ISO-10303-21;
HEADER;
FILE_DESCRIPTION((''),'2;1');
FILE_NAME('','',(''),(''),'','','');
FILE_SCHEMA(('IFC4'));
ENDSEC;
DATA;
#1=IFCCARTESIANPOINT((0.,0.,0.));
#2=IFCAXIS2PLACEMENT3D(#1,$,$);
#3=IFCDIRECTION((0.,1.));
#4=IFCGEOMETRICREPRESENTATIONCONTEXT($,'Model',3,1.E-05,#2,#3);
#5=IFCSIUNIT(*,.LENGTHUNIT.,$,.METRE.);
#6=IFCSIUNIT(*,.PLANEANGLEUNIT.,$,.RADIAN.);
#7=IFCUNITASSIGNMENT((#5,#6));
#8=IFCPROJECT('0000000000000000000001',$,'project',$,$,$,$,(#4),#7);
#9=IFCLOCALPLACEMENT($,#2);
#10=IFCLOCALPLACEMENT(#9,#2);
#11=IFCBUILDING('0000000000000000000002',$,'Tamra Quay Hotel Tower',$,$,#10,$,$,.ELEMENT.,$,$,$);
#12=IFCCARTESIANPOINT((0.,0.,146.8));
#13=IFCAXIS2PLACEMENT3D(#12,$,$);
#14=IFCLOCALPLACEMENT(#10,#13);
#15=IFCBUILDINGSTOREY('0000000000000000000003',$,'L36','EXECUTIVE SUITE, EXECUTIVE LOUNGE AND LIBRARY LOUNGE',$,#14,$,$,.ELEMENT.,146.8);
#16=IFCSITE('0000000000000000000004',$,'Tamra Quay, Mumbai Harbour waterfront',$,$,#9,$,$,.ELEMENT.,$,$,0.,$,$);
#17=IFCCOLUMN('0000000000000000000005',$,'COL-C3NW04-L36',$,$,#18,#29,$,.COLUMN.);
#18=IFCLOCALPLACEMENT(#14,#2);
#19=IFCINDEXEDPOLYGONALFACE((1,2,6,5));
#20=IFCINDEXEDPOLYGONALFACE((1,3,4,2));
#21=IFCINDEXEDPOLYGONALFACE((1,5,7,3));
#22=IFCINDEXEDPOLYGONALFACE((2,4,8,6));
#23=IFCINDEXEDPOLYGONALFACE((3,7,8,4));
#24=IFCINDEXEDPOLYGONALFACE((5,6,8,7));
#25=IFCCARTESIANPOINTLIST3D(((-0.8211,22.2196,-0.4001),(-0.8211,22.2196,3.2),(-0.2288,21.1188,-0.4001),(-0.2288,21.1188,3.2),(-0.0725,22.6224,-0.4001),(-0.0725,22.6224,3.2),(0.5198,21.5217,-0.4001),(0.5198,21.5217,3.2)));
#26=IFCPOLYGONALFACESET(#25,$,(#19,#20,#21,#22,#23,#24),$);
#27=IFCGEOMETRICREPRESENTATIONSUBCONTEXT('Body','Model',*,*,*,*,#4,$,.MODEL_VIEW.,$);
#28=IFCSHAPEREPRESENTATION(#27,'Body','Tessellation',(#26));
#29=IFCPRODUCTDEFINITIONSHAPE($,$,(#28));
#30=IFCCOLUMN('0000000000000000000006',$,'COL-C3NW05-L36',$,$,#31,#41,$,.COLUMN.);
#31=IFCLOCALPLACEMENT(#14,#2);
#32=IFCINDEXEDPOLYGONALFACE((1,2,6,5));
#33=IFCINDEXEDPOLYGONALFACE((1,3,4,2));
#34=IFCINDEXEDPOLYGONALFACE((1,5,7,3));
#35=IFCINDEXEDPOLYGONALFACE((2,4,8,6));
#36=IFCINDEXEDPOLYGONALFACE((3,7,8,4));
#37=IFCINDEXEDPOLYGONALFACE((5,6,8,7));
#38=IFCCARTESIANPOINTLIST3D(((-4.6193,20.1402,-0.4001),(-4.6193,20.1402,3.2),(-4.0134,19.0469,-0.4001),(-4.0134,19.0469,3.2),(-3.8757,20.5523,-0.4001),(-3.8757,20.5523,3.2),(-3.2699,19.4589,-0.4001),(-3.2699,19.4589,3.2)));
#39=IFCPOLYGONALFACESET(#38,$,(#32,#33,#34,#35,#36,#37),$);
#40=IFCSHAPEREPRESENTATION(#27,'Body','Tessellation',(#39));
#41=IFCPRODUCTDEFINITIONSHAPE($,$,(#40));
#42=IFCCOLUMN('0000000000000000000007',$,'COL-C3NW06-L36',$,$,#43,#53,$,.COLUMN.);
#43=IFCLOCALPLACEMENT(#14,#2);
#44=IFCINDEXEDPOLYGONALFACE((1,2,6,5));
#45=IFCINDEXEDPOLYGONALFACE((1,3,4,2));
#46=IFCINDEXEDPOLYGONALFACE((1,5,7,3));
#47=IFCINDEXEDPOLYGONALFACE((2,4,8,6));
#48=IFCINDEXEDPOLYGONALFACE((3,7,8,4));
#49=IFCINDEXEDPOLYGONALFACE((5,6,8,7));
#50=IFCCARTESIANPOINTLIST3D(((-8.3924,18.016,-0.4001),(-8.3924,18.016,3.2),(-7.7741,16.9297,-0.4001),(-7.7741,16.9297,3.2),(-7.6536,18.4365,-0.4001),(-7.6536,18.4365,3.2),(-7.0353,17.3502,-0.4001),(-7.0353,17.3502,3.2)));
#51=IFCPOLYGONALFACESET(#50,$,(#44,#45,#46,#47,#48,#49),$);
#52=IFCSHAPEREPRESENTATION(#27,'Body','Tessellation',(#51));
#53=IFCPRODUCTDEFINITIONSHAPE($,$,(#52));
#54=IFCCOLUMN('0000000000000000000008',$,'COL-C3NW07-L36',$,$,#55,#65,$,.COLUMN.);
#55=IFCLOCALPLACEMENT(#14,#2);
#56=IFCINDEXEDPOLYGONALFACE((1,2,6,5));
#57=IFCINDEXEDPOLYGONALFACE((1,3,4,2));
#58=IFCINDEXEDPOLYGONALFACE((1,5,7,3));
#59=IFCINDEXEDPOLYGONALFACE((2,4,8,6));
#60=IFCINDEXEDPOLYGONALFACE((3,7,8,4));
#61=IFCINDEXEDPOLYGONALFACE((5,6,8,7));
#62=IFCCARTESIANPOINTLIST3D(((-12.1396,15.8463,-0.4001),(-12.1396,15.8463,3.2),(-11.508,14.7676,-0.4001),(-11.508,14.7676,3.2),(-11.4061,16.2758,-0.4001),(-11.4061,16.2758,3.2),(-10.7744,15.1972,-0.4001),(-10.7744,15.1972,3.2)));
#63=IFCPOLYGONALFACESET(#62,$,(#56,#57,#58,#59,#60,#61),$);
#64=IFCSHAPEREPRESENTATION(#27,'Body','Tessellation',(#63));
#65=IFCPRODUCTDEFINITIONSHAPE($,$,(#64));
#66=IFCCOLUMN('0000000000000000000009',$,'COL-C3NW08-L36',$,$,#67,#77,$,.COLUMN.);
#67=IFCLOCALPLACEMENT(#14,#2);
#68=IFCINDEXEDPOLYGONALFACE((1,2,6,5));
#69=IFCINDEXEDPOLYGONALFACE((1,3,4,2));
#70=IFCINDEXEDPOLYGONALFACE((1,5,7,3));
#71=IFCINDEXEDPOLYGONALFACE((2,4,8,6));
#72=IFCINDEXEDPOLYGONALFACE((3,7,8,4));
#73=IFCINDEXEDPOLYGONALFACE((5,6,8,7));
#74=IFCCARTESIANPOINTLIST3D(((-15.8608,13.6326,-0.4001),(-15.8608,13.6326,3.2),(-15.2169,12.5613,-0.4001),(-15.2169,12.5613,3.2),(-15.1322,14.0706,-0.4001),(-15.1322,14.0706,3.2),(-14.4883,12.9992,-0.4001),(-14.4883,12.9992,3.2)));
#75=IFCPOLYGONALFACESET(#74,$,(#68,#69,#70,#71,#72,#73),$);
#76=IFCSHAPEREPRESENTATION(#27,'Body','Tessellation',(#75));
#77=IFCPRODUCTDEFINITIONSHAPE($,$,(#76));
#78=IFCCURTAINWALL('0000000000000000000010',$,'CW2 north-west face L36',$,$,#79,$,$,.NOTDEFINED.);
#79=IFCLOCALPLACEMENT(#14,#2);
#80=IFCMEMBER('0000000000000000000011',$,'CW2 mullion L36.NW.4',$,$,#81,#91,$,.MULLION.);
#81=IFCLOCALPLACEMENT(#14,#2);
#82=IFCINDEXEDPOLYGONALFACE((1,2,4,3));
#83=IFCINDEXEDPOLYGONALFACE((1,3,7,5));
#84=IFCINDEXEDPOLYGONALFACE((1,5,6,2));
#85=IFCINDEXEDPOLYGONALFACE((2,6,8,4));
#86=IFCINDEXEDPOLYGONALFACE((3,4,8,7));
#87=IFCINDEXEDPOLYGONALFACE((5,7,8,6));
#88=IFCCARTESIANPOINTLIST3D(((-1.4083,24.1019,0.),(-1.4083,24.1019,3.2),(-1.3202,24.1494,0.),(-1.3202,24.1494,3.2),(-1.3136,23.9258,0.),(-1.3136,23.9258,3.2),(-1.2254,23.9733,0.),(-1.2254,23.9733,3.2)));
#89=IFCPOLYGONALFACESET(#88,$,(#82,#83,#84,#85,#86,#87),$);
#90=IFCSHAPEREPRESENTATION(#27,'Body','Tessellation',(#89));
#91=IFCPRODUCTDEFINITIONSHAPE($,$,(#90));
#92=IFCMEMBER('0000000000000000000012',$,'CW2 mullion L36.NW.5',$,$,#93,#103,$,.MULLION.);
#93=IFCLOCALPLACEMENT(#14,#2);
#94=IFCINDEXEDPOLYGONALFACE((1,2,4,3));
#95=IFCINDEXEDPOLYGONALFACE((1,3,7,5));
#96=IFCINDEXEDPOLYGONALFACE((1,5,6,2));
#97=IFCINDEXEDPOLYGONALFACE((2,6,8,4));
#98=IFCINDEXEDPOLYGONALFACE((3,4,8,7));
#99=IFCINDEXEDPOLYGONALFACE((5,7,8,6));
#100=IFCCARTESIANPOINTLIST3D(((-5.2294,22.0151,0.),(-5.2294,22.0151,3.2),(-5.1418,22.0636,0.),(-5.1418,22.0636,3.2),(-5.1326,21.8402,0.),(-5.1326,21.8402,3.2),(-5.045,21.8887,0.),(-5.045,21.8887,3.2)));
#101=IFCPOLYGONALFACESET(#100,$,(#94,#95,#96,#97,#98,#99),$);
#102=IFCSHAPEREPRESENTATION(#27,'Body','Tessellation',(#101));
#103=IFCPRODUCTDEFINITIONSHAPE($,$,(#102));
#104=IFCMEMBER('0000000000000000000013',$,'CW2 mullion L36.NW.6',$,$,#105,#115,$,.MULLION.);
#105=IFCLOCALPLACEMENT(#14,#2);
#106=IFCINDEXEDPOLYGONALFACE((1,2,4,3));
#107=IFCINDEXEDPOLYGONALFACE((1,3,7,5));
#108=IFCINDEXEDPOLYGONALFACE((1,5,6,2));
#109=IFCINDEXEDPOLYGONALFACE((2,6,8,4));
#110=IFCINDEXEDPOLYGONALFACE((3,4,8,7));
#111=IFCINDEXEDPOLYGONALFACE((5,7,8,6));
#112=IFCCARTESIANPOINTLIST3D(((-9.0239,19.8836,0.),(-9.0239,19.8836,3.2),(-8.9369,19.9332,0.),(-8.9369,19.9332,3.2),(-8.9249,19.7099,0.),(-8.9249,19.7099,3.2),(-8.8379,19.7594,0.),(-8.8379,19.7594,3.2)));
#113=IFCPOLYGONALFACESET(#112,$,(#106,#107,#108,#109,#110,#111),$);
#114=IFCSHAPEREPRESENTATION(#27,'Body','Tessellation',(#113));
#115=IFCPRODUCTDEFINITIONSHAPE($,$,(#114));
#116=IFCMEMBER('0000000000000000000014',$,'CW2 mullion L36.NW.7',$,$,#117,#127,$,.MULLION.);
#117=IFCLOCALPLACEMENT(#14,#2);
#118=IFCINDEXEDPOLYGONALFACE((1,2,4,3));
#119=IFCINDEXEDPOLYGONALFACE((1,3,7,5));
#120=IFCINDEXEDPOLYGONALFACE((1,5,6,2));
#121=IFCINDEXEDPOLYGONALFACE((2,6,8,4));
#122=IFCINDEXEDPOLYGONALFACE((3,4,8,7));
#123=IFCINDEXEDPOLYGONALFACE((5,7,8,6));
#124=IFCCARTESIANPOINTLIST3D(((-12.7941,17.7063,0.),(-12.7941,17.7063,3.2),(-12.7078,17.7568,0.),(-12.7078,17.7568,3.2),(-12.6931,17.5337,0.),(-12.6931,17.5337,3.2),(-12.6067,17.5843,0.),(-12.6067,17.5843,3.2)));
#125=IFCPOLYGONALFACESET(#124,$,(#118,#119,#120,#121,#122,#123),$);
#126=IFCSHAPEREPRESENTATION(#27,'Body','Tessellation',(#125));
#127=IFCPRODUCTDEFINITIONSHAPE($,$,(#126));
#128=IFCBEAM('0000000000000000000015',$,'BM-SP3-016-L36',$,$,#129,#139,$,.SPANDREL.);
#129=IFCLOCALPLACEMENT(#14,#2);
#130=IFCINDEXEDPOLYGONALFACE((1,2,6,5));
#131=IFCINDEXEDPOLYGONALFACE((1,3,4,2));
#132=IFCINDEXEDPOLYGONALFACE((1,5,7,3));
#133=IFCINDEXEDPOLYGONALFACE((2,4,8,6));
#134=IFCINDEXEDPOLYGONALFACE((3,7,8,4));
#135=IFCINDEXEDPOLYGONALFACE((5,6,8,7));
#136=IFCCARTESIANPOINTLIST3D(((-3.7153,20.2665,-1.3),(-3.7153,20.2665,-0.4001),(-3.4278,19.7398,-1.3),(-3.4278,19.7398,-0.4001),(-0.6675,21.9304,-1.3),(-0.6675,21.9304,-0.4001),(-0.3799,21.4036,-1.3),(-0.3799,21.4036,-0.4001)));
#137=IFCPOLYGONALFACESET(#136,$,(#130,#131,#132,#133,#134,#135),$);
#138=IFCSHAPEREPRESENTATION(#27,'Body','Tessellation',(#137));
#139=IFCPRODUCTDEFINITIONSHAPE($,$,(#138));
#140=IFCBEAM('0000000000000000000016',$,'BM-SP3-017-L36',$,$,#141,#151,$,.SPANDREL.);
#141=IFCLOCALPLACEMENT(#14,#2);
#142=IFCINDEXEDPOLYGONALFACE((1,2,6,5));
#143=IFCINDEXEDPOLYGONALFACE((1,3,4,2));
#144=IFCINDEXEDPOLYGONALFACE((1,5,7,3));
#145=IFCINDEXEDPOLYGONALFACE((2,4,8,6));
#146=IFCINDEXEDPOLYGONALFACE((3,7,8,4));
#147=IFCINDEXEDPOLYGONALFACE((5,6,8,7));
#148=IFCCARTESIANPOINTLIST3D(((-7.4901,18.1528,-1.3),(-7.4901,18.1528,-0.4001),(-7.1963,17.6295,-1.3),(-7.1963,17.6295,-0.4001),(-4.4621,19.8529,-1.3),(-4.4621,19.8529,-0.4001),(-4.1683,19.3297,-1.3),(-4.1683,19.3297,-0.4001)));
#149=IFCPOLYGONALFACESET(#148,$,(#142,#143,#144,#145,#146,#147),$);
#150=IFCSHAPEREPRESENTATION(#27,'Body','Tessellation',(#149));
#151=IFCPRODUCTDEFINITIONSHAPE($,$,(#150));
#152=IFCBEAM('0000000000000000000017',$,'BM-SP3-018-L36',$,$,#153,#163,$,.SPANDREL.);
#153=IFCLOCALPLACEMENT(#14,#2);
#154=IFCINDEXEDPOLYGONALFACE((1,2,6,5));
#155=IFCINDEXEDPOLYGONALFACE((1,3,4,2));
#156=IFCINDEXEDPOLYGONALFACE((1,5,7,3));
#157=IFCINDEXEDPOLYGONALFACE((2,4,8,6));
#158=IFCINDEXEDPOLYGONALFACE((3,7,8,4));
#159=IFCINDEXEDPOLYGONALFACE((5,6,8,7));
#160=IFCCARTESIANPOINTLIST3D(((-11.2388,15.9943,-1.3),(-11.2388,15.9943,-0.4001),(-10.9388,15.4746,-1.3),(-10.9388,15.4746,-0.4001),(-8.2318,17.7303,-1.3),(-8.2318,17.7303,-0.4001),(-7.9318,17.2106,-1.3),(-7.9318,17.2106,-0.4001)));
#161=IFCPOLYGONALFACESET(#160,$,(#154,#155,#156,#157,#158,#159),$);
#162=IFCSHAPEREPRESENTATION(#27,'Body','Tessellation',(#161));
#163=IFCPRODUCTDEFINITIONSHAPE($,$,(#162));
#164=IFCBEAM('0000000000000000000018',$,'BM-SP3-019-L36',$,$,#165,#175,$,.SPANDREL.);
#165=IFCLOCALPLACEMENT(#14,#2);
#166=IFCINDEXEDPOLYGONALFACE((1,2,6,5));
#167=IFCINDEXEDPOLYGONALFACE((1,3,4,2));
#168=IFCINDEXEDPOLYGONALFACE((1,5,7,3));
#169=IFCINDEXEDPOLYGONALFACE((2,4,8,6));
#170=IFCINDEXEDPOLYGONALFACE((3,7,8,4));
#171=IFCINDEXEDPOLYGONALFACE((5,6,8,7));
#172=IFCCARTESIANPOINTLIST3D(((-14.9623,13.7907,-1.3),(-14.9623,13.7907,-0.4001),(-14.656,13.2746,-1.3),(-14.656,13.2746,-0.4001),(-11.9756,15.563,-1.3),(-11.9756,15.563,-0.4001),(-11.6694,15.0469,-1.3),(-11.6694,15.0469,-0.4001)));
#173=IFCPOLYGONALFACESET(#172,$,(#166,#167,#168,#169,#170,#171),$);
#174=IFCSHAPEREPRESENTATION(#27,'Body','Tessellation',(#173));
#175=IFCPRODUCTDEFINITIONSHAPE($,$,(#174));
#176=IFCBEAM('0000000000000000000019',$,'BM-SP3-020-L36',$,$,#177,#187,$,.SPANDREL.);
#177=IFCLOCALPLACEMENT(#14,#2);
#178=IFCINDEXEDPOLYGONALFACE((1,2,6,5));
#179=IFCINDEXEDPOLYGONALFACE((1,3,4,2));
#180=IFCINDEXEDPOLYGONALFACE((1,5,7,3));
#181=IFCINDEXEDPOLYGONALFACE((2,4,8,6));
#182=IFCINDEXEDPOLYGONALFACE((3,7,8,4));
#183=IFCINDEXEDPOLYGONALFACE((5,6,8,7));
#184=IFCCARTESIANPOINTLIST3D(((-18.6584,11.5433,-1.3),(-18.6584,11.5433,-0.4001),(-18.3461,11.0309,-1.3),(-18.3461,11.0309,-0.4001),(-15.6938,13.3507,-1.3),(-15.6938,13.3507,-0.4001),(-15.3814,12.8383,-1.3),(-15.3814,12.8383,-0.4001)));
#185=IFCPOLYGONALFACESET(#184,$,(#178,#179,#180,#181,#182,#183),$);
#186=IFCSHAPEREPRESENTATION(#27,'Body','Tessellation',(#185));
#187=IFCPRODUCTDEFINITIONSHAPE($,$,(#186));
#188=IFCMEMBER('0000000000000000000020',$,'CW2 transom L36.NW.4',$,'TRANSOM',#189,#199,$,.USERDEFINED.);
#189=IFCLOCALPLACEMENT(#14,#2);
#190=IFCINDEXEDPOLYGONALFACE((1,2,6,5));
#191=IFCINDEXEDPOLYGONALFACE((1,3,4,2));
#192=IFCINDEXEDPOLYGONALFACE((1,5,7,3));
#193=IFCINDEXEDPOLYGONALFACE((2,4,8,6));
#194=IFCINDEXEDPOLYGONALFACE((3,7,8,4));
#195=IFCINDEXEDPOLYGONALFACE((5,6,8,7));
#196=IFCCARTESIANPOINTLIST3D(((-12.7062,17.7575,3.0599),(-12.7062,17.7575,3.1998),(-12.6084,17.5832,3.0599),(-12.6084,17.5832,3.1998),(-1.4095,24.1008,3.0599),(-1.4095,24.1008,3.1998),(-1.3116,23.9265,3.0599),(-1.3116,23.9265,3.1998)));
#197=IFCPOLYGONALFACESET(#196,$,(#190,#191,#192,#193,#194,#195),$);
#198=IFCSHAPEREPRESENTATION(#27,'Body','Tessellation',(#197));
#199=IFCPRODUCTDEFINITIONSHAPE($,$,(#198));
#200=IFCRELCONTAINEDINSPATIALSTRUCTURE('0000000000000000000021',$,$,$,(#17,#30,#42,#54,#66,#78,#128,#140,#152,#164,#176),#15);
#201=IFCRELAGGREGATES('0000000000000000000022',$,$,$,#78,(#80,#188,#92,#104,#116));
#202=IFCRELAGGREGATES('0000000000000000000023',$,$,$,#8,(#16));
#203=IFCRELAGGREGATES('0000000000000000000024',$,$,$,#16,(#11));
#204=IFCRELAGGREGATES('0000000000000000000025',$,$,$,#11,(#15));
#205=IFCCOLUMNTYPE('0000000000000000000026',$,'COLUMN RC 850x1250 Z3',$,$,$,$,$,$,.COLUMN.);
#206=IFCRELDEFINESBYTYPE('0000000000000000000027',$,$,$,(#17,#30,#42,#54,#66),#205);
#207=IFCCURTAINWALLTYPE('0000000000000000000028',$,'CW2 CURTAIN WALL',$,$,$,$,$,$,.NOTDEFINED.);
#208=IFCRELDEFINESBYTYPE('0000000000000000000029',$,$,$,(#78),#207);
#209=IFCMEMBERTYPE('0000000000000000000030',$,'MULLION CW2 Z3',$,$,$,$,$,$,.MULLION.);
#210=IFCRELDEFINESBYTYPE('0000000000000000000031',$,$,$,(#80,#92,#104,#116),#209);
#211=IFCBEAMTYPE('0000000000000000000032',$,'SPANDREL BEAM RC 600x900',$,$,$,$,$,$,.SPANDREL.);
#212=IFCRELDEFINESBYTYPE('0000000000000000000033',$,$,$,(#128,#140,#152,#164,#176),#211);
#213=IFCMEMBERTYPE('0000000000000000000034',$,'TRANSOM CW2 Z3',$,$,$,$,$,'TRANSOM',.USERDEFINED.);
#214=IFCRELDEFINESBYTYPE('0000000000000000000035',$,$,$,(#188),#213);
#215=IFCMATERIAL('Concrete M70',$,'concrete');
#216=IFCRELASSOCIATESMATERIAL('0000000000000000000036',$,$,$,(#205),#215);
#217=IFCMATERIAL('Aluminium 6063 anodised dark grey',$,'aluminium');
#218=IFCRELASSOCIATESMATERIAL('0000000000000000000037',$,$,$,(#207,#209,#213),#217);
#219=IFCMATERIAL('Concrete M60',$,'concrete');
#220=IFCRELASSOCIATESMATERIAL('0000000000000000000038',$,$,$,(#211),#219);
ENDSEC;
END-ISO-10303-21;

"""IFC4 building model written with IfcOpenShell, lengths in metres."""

from ifc_helpers import new_model, si_unit, direction, frame, origin, origin_2d, place, context, subcontext, project, spatial, rectangle, extrude, material, material_profile, profile_set, type_object, element, aggregate, save


model = new_model("IFC4")

# Units and contexts
model_context = context("Model", 3, precision=1e-05, world=origin(), true_north=direction((0.0, 1.0)))
body_context = subcontext(model_context, "Body", "Model", "MODEL_VIEW")
ifc_project = project(units=[si_unit("LENGTHUNIT", "METRE"), si_unit("PLANEANGLEUNIT", "RADIAN")], contexts=[model_context])

# Site, building, storey
site_placement = place(None, origin())
site = spatial("IfcSite", under=ifc_project, at=site_placement, Name="Tamra Quay, Mumbai Harbour waterfront", CompositionType="ELEMENT", RefElevation=0.0)
building_placement = place(site_placement, origin())
building = spatial("IfcBuilding", under=site, at=building_placement, Name="Tamra Quay Hotel Tower", CompositionType="ELEMENT")
storey_placement = place(building_placement, frame((0.0, 0.0, 146.8)))
storey = spatial("IfcBuildingStorey", under=building, at=storey_placement, Name="L36", Description="EXECUTIVE SUITE, EXECUTIVE LOUNGE AND LIBRARY LOUNGE", CompositionType="ELEMENT", Elevation=146.8)

# Columns
ifc_material_1 = material(Name="Concrete M70", Category="concrete")
ifc_material_profile_1 = material_profile(ifc_material_1, rectangle(XDim=1.25, YDim=0.8501, at=origin_2d()), Name="COLUMN RC 850x1250 Z3")
ifc_profile_set_1 = profile_set([ifc_material_profile_1], Name="Concrete M70")
column_type = type_object("IfcColumnType", Name="COLUMN RC 850x1250 Z3", PredefinedType="COLUMN", material=ifc_profile_set_1)
for number, where, z_axis, x_axis, name in (
    (1, (-0.1506, 21.8706, -0.4001), (0.0, 0.0, 1.0), (-0.473876, 0.880592, 0.0), "COL-C3NW04-L36"),
    (2, (-3.9446, 19.7996, -0.4001), (0.0, 0.0, 1.0), (-0.484683, 0.87469, 0.0), "COL-C3NW05-L36"),
    (3, (-7.7139, 17.6831, -0.4001), (0.0, 0.0, 1.0), (-0.494656, 0.869089, 0.0), "COL-C3NW06-L36"),
    (4, (-11.457, 15.5217, -0.4001), (0.0, 0.0, 1.0), (-0.505325, 0.862929, 0.0), "COL-C3NW07-L36"),
    (5, (-15.1746, 13.3159, -0.4001), (0.0, 0.0, 1.0), (-0.515162, 0.857093, 0.0), "COL-C3NW08-L36"),
):
    element("IfcColumn", number, at=place(storey_placement, frame(where, z_axis=z_axis, x_axis=x_axis)), inside=storey, type_object=column_type, Name=name, PredefinedType="COLUMN", context=body_context, shape_type="SweptSolid", body=[
        extrude(rectangle(XDim=1.25, YDim=0.8501, at=origin_2d()), origin(), (0.0, 0.0, 1.0), 3.6001),
    ])

# Curtain wall, members
ifc_material_2 = material(Name="Aluminium 6063 anodised dark grey", Category="aluminium")
curtain_wall_type = type_object("IfcCurtainWallType", Name="CW2 CURTAIN WALL", PredefinedType="NOTDEFINED", material=ifc_material_2)
curtain_wall_placement = place(storey_placement, origin())
curtain_wall = element("IfcCurtainWall", 6, at=curtain_wall_placement, inside=storey, type_object=curtain_wall_type, Name="CW2 north-west face L36", PredefinedType="NOTDEFINED")
ifc_material_profile_2 = material_profile(ifc_material_2, rectangle(XDim=0.2, YDim=0.1001, at=origin_2d()), Name="MULLION 100X200")
ifc_profile_set_2 = profile_set([ifc_material_profile_2], Name="Aluminium 6063 anodised dark grey")
member_type_1 = type_object("IfcMemberType", Name="MULLION CW2 Z3", PredefinedType="MULLION", material=ifc_profile_set_2)
member_1_placement = place(storey_placement, frame((-1.3169, 24.0376, 0.0), z_axis=(0.0, 0.0, 1.0), x_axis=(-0.473908, 0.880575, 0.0)))
member_1 = element("IfcMember", 7, at=member_1_placement, type_object=member_type_1, Name="CW2 mullion L36.NW.4", PredefinedType="MULLION", context=body_context, shape_type="SweptSolid", body=[
    extrude(rectangle(XDim=0.2, YDim=0.1001, at=origin_2d()), origin(), (0.0, 0.0, 1.0), 3.2),
])
member_2_placement = place(storey_placement, frame((-5.1372, 21.9519, 0.0), z_axis=(0.0, 0.0, 1.0), x_axis=(-0.484395, 0.87485, 0.0)))
member_2 = element("IfcMember", 8, at=member_2_placement, type_object=member_type_1, Name="CW2 mullion L36.NW.5", PredefinedType="MULLION", context=body_context, shape_type="SweptSolid", body=[
    extrude(rectangle(XDim=0.2, YDim=0.1001, at=origin_2d()), origin(), (0.0, 0.0, 1.0), 3.2),
])
member_3_placement = place(storey_placement, frame((-8.9309, 19.8215, 0.0), z_axis=(0.0, 0.0, 1.0), x_axis=(-0.494813, 0.868999, 0.0)))
member_3 = element("IfcMember", 9, at=member_3_placement, type_object=member_type_1, Name="CW2 mullion L36.NW.6", PredefinedType="MULLION", context=body_context, shape_type="SweptSolid", body=[
    extrude(rectangle(XDim=0.2, YDim=0.1001, at=origin_2d()), origin(), (0.0, 0.0, 1.0), 3.2),
])
member_4_placement = place(storey_placement, frame((-12.7004, 17.6453, 0.0), z_axis=(0.0, 0.0, 1.0), x_axis=(-0.505169, 0.863021, 0.0)))
member_4 = element("IfcMember", 10, at=member_4_placement, type_object=member_type_1, Name="CW2 mullion L36.NW.7", PredefinedType="MULLION", context=body_context, shape_type="SweptSolid", body=[
    extrude(rectangle(XDim=0.2, YDim=0.1001, at=origin_2d()), origin(), (0.0, 0.0, 1.0), 3.2),
])

# Beams
ifc_material_3 = material(Name="Concrete M60", Category="concrete")
ifc_material_profile_3 = material_profile(ifc_material_3, rectangle(XDim=0.6001, YDim=0.8999, at=origin_2d()), Name="SPANDREL BEAM RC 600x900")
ifc_profile_set_3 = profile_set([ifc_material_profile_3], Name="Concrete M60")
beam_type = type_object("IfcBeamType", Name="SPANDREL BEAM RC 600x900", PredefinedType="SPANDREL", material=ifc_profile_set_3)
beam_1_placement = place(storey_placement, frame((-0.5237, 21.667, -0.8501), z_axis=(-0.877732, -0.479153, 0.0), x_axis=(0.479153, -0.877732, 0.0)))
element("IfcBeam", 11, at=beam_1_placement, inside=storey, type_object=beam_type, Name="BM-SP3-016-L36", PredefinedType="SPANDREL", context=body_context, shape_type="SweptSolid", body=[
    extrude(rectangle(XDim=0.6001, YDim=0.8999, at=origin_2d()), origin(), (0.0, 0.0, 1.0), 3.4724),
])
beam_2_placement = place(storey_placement, frame((-4.3152, 19.5913, -0.8501), z_axis=(-0.871956, -0.489584, 0.0), x_axis=(0.489584, -0.871956, 0.0)))
element("IfcBeam", 12, at=beam_2_placement, inside=storey, type_object=beam_type, Name="BM-SP3-017-L36", PredefinedType="SPANDREL", context=body_context, shape_type="SweptSolid", body=[
    extrude(rectangle(XDim=0.6001, YDim=0.8999, at=origin_2d()), origin(), (0.0, 0.0, 1.0), 3.4727),
])
beam_3_placement = place(storey_placement, frame((-8.0818, 17.4705, -0.8501), z_axis=(-0.866032, -0.499988, 0.0), x_axis=(0.499988, -0.866032, 0.0)))
element("IfcBeam", 13, at=beam_3_placement, inside=storey, type_object=beam_type, Name="BM-SP3-018-L36", PredefinedType="SPANDREL", context=body_context, shape_type="SweptSolid", body=[
    extrude(rectangle(XDim=0.6001, YDim=0.8999, at=origin_2d()), origin(), (0.0, 0.0, 1.0), 3.4722),
])
beam_4_placement = place(storey_placement, frame((-11.8225, 15.3049, -0.8501), z_axis=(-0.859989, -0.510313, 0.0), x_axis=(0.510313, -0.859989, 0.0)))
element("IfcBeam", 14, at=beam_4_placement, inside=storey, type_object=beam_type, Name="BM-SP3-019-L36", PredefinedType="SPANDREL", context=body_context, shape_type="SweptSolid", body=[
    extrude(rectangle(XDim=0.6001, YDim=0.8999, at=origin_2d()), origin(), (0.0, 0.0, 1.0), 3.4729),
])
beam_5_placement = place(storey_placement, frame((-15.5376, 13.0945, -0.8501), z_axis=(-0.853836, -0.520542, 0.0), x_axis=(0.520542, -0.853836, 0.0)))
element("IfcBeam", 15, at=beam_5_placement, inside=storey, type_object=beam_type, Name="BM-SP3-020-L36", PredefinedType="SPANDREL", context=body_context, shape_type="SweptSolid", body=[
    extrude(rectangle(XDim=0.6001, YDim=0.8999, at=origin_2d()), origin(), (0.0, 0.0, 1.0), 3.4722),
])

# Member
ifc_material_profile_4 = material_profile(ifc_material_2, rectangle(XDim=0.2, YDim=0.1399, at=origin_2d()), Name="TRANSOM 200X140")
ifc_profile_set_4 = profile_set([ifc_material_profile_4], Name="Aluminium 6063 anodised dark grey")
member_type_2 = type_object("IfcMemberType", Name="TRANSOM CW2 Z3", ElementType="TRANSOM", PredefinedType="USERDEFINED", material=ifc_profile_set_4)
member_5_placement = place(storey_placement, frame((-1.3606, 24.0137, 3.1299), z_axis=(-0.871941, -0.489611, 0.0), x_axis=(0.489611, -0.871941, 0.0)))
member_5 = element("IfcMember", 16, at=member_5_placement, type_object=member_type_2, Name="CW2 transom L36.NW.4", ObjectType="TRANSOM", PredefinedType="USERDEFINED", context=body_context, shape_type="SweptSolid", body=[
    extrude(rectangle(XDim=0.2, YDim=0.1399, at=origin_2d()), origin(), (0.0, 0.0, 1.0), 12.9558),
])

aggregate(curtain_wall, [member_1, member_5, member_2, member_3, member_4])

save(model, "model.ifc")
